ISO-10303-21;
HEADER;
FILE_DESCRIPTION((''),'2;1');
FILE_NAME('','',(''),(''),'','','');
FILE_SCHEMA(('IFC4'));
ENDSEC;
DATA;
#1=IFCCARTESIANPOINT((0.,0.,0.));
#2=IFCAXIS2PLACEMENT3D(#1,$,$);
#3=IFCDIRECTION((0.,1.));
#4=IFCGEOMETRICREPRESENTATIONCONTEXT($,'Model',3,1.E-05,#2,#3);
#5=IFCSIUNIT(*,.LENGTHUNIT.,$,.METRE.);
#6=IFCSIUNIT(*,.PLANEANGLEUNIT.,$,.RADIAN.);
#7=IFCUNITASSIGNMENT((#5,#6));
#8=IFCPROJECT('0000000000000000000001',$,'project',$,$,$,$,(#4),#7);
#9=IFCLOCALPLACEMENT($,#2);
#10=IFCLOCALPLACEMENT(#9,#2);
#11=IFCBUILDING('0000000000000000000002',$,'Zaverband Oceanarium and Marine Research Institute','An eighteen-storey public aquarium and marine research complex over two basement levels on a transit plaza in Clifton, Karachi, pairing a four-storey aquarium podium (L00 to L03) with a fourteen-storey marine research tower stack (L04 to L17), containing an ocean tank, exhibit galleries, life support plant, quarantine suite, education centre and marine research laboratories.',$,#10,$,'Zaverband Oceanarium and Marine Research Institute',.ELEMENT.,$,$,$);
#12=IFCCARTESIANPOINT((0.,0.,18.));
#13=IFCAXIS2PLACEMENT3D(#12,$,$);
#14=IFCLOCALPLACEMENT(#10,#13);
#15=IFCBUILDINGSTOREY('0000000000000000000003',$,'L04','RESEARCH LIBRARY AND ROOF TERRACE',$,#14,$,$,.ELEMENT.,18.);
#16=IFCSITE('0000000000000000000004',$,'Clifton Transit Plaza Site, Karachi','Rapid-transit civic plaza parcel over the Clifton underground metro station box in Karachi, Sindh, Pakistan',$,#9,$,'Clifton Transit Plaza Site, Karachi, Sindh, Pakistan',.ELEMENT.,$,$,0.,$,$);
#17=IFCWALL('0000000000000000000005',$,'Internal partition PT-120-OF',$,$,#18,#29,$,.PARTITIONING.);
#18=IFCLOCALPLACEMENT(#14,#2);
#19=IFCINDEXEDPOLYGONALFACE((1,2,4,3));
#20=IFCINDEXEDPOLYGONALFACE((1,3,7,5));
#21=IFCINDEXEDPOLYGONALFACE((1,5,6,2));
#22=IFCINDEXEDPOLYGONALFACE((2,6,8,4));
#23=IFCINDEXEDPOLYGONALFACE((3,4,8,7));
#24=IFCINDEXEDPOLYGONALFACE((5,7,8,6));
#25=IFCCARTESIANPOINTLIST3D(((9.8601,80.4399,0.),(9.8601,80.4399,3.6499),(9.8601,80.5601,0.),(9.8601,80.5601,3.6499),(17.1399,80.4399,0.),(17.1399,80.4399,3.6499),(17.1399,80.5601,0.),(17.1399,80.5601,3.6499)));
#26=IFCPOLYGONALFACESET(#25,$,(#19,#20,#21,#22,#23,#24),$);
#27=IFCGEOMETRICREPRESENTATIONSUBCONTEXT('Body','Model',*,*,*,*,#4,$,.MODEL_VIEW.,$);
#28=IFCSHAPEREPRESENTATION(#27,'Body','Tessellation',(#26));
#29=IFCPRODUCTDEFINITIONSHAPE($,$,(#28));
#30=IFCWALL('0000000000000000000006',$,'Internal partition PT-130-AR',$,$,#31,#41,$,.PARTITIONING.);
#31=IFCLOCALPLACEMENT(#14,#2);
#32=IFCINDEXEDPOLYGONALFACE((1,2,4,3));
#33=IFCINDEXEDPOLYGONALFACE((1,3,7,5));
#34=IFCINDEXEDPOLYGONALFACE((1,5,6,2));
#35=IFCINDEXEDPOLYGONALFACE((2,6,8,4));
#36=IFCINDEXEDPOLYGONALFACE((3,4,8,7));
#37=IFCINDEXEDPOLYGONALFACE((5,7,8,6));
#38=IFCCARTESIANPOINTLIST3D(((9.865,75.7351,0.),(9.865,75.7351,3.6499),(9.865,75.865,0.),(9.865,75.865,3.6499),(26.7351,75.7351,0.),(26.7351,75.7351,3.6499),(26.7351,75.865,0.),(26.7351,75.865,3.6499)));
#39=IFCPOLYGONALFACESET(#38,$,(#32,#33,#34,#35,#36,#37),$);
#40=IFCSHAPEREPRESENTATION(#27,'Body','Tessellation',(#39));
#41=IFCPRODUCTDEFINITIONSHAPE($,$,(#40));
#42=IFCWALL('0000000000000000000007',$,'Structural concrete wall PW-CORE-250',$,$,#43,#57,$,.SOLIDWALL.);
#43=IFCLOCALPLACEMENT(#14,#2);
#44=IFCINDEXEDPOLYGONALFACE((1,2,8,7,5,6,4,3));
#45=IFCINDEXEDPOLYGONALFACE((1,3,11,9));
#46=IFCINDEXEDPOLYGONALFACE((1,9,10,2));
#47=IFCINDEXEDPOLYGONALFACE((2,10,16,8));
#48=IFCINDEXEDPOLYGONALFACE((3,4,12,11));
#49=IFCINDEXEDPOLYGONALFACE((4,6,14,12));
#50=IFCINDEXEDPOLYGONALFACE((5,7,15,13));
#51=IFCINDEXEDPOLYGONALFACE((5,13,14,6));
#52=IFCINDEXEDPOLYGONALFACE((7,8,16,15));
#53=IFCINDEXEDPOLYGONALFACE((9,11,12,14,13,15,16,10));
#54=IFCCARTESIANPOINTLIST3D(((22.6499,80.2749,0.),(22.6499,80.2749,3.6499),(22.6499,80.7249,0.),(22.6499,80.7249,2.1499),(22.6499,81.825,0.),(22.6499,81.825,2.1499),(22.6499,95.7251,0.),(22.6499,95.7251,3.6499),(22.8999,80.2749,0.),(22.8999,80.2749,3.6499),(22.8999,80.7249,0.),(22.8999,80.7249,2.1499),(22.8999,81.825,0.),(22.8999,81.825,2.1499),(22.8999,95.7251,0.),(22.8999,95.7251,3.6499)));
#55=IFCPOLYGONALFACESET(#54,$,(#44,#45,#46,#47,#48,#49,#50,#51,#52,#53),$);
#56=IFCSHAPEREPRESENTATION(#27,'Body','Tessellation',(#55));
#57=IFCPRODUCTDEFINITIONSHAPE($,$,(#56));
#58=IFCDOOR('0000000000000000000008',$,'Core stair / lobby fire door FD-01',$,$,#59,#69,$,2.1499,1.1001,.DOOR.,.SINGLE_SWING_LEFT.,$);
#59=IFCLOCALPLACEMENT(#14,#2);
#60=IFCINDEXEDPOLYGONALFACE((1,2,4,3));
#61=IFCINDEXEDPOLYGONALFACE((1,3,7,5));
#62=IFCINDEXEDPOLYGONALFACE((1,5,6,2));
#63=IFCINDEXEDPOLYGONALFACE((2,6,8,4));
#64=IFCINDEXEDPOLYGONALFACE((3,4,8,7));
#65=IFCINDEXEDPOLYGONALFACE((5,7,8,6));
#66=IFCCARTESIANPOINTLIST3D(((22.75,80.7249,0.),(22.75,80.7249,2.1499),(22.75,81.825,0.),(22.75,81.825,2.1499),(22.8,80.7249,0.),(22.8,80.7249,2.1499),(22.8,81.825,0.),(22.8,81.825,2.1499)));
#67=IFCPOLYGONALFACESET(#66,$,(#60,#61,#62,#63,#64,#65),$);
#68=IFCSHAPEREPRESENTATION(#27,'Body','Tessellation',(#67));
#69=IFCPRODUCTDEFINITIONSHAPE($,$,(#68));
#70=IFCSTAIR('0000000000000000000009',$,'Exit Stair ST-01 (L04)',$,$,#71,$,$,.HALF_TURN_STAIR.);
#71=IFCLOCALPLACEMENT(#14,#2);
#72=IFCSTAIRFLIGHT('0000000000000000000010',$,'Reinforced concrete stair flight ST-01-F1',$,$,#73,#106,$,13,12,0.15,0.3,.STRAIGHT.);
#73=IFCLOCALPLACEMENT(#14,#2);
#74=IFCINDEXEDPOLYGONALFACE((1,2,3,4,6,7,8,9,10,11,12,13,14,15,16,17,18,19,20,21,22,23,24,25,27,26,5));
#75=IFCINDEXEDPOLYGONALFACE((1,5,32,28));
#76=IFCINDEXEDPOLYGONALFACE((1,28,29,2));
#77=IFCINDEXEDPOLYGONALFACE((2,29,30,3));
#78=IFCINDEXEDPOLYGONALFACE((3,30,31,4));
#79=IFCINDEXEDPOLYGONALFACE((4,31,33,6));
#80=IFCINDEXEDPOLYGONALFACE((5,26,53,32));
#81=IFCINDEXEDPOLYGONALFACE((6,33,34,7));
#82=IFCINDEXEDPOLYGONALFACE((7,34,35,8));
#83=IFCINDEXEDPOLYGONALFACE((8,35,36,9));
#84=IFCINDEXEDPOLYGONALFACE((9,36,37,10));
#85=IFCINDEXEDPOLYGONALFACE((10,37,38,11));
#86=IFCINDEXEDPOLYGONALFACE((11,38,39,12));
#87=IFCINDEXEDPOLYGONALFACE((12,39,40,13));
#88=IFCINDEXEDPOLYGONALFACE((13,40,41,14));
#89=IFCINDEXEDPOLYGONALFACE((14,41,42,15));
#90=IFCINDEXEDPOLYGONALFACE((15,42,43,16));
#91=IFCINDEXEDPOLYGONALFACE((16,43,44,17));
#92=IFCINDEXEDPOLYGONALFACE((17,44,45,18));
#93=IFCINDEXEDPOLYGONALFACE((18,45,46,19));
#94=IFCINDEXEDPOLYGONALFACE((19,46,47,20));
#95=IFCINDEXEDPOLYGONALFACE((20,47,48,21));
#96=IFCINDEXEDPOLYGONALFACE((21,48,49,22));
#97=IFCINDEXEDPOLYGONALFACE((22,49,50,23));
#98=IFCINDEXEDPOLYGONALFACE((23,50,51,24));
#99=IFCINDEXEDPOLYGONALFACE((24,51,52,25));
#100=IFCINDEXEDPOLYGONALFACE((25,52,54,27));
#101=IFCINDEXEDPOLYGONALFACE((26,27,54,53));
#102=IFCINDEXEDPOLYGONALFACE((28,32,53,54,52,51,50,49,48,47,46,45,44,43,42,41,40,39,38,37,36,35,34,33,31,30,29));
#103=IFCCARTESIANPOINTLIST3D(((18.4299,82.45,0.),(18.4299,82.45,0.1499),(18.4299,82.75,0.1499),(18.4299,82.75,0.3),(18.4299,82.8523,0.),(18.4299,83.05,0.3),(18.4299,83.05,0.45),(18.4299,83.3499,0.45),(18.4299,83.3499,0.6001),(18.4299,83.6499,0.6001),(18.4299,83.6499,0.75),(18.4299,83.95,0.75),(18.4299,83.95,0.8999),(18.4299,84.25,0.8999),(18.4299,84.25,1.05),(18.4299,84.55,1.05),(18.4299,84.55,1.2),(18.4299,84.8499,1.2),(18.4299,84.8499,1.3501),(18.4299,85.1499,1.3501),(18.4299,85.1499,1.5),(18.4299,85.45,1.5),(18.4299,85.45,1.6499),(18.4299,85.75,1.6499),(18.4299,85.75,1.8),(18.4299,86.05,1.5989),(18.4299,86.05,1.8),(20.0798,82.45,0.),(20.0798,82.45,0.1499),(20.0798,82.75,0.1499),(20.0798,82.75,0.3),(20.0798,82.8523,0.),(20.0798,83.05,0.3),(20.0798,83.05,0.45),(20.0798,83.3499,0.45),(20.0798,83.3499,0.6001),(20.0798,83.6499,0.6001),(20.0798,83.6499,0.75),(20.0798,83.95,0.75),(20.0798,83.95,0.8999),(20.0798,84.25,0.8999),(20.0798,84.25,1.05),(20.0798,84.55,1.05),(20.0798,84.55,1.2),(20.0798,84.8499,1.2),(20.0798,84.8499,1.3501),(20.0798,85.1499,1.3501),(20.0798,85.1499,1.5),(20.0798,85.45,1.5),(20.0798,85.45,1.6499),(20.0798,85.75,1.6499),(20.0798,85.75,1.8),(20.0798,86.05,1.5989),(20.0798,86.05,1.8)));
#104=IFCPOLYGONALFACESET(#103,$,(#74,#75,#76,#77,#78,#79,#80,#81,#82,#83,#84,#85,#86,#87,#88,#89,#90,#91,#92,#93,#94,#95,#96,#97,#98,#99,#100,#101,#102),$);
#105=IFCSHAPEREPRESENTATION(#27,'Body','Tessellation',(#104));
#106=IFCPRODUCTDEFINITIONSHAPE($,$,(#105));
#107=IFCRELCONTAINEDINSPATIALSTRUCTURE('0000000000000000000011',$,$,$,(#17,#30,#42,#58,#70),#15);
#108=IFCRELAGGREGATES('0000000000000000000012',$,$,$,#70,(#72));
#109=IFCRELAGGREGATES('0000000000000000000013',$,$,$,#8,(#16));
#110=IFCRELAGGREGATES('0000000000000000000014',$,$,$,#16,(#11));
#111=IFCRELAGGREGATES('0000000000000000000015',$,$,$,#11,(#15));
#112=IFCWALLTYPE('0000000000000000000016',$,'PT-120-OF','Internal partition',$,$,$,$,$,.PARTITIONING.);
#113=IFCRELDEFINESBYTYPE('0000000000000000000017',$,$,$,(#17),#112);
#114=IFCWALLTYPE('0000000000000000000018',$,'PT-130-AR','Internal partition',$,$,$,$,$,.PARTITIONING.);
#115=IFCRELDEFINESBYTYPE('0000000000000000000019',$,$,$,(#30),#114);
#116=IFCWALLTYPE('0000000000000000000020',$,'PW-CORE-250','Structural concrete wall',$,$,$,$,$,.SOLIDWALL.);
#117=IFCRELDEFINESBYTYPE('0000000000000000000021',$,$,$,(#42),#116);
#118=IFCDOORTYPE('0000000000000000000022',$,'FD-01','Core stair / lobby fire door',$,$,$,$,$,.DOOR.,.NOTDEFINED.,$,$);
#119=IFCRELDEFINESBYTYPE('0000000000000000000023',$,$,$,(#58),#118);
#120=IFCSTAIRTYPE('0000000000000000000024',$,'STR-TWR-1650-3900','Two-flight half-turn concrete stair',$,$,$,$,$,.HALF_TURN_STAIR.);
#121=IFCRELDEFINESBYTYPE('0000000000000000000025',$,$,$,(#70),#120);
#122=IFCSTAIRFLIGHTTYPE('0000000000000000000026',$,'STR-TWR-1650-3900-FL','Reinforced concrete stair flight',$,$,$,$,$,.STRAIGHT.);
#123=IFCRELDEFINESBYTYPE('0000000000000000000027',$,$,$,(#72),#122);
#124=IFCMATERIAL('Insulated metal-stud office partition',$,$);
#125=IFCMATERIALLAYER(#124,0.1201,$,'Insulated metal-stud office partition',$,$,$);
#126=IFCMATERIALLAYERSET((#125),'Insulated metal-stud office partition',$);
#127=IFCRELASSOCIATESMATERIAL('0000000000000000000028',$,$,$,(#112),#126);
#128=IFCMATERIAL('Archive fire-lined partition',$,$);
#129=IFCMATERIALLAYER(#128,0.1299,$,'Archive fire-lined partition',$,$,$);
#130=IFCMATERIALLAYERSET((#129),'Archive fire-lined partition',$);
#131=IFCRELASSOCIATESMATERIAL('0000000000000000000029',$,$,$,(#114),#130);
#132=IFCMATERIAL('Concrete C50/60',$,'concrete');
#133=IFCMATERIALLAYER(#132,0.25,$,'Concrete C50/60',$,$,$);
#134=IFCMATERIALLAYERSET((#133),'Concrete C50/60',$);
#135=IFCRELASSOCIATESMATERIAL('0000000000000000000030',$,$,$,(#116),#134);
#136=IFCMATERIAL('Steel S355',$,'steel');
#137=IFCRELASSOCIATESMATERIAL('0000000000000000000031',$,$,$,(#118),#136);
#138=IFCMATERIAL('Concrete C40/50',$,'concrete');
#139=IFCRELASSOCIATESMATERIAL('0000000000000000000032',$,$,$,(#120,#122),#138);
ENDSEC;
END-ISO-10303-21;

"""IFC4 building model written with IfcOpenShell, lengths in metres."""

from ifc_helpers import new_model, si_unit, direction, frame, frame_2d, origin, place, context, subcontext, project, spatial, polyline, rectangle, outline, extrude, material, layer, layer_set, type_object, element, fill, aggregate, save


model = new_model("IFC4")

# Units and contexts
model_context = context("Model", 3, precision=1e-05, world=origin(), true_north=direction((0.0, 1.0)))
body_context = subcontext(model_context, "Body", "Model", "MODEL_VIEW")
ifc_project = project(units=[si_unit("LENGTHUNIT", "METRE"), si_unit("PLANEANGLEUNIT", "RADIAN")], contexts=[model_context])

# Site, building, storey
site_placement = place(None, origin())
site = spatial("IfcSite", under=ifc_project, at=site_placement, Name="Clifton Transit Plaza Site, Karachi", Description="Rapid-transit civic plaza parcel over the Clifton underground metro station box in Karachi, Sindh, Pakistan", LongName="Clifton Transit Plaza Site, Karachi, Sindh, Pakistan", CompositionType="ELEMENT", RefElevation=0.0)
building_placement = place(site_placement, origin())
building = spatial("IfcBuilding", under=site, at=building_placement, Name="Zaverband Oceanarium and Marine Research Institute", Description="An eighteen-storey public aquarium and marine research complex over two basement levels on a transit plaza in Clifton, Karachi, pairing a four-storey aquarium podium (L00 to L03) with a fourteen-storey marine research tower stack (L04 to L17), containing an ocean tank, exhibit galleries, life support plant, quarantine suite, education centre and marine research laboratories.", LongName="Zaverband Oceanarium and Marine Research Institute", CompositionType="ELEMENT")
storey_placement = place(building_placement, frame((0.0, 0.0, 18.0)))
storey = spatial("IfcBuildingStorey", under=building, at=storey_placement, Name="L04", Description="RESEARCH LIBRARY AND ROOF TERRACE", CompositionType="ELEMENT", Elevation=18.0)

# Shared definitions
ifc_material_1 = material(Name="Concrete C50/60", Category="concrete")

# Shared definitions
ifc_material_2 = material(Name="Concrete C40/50", Category="concrete")

# Shared definitions
ifc_material_3 = material(Name="Steel S355", Category="steel")

# Walls
ifc_material_4 = material(Name="Insulated metal-stud office partition")
ifc_layer_1 = layer(ifc_material_4, 0.1201, Name="Insulated metal-stud office partition")
ifc_layer_set_1 = layer_set([ifc_layer_1], Name="Insulated metal-stud office partition")
wall_type_1 = type_object("IfcWallType", Name="PT-120-OF", Description="Internal partition", PredefinedType="PARTITIONING", material=ifc_layer_set_1)
wall_1_placement = place(storey_placement, frame((9.8601, 80.5, 0.0), z_axis=(0.0, 0.0, 1.0), x_axis=(1.0, 0.0, 0.0)))
element("IfcWall", 1, at=wall_1_placement, inside=storey, type_object=wall_type_1, Name="Internal partition PT-120-OF", PredefinedType="PARTITIONING", context=body_context, shape_type="SweptSolid", body=[
    extrude(rectangle(XDim=7.2798, YDim=0.1201, at=frame_2d((3.6399, 0.0))), origin(), (0.0, 0.0, 1.0), 3.6499),
])
ifc_material_5 = material(Name="Archive fire-lined partition")
ifc_layer_2 = layer(ifc_material_5, 0.1299, Name="Archive fire-lined partition")
ifc_layer_set_2 = layer_set([ifc_layer_2], Name="Archive fire-lined partition")
wall_type_2 = type_object("IfcWallType", Name="PT-130-AR", Description="Internal partition", PredefinedType="PARTITIONING", material=ifc_layer_set_2)
wall_2_placement = place(storey_placement, frame((9.865, 75.8, 0.0), z_axis=(0.0, 0.0, 1.0), x_axis=(1.0, 0.0, 0.0)))
element("IfcWall", 2, at=wall_2_placement, inside=storey, type_object=wall_type_2, Name="Internal partition PT-130-AR", PredefinedType="PARTITIONING", context=body_context, shape_type="SweptSolid", body=[
    extrude(rectangle(XDim=16.8701, YDim=0.1299, at=frame_2d((8.4351, 0.0))), origin(), (0.0, 0.0, 1.0), 3.6499),
])

# Wall, opening, door
ifc_layer_3 = layer(ifc_material_1, 0.25, Name="Concrete C50/60")
ifc_layer_set_3 = layer_set([ifc_layer_3], Name="Concrete C50/60")
wall_type_3 = type_object("IfcWallType", Name="PW-CORE-250", Description="Structural concrete wall", PredefinedType="SOLIDWALL", material=ifc_layer_set_3)
wall_3_placement = place(storey_placement, frame((22.7749, 80.2749, 0.0), z_axis=(0.0, 0.0, 1.0), x_axis=(0.0, 1.0, 0.0)))
wall_3 = element("IfcWall", 3, at=wall_3_placement, inside=storey, type_object=wall_type_3, Name="Structural concrete wall PW-CORE-250", PredefinedType="SOLIDWALL", context=body_context, shape_type="SweptSolid", body=[
    extrude(rectangle(XDim=15.4502, YDim=0.25, at=frame_2d((7.7251, 0.0))), origin(), (0.0, 0.0, 1.0), 3.6499),
])
opening_1_placement = place(wall_3_placement, frame((0.45, 0.0, 0.0)))
opening_1 = element("IfcOpeningElement", 4, at=opening_1_placement, cuts=wall_3, PredefinedType="OPENING", context=body_context, shape_type="SweptSolid", body=[
    extrude(rectangle(XDim=1.1001, YDim=2.1499, at=frame_2d((0.55, 1.075))), frame((0.0, 0.137, 0.0), z_axis=(0.0, -1.0, 0.0), x_axis=(1.0, 0.0, 0.0)), (0.0, 0.0, 1.0), 0.2739),
])
door_type_1 = type_object("IfcDoorType", Name="FD-01", Description="Core stair / lobby fire door", OperationType="NOTDEFINED", PredefinedType="DOOR", material=ifc_material_3)
door_1_placement = place(opening_1_placement, origin())
door_1 = element("IfcDoor", 5, at=door_1_placement, inside=storey, type_object=door_type_1, Name="Core stair / lobby fire door FD-01", OperationType="SINGLE_SWING_LEFT", OverallHeight=2.1499, OverallWidth=1.1001, PredefinedType="DOOR", context=body_context, shape_type="SweptSolid", body=[
    extrude(rectangle(XDim=1.1001, YDim=2.1499, at=frame_2d((0.55, 1.075))), frame((0.0, 0.0249, 0.0), z_axis=(0.0, -1.0, 0.0), x_axis=(1.0, 0.0, 0.0)), (0.0, 0.0, 1.0), 0.05),
])
fill(opening_1, door_1)

# Stair, stair flight
stair_type = type_object("IfcStairType", Name="STR-TWR-1650-3900", Description="Two-flight half-turn concrete stair", PredefinedType="HALF_TURN_STAIR", material=ifc_material_2)
stair_placement = place(storey_placement, origin())
stair = element("IfcStair", 6, at=stair_placement, inside=storey, type_object=stair_type, Name="Exit Stair ST-01 (L04)", PredefinedType="HALF_TURN_STAIR")
stair_flight_type = type_object("IfcStairFlightType", Name="STR-TWR-1650-3900-FL", Description="Reinforced concrete stair flight", PredefinedType="STRAIGHT", material=ifc_material_2)
stair_flight_placement = place(storey_placement, frame((19.2549, 82.45, 0.0), z_axis=(0.0, 0.0, 1.0), x_axis=(0.0, 1.0, 0.0)))
stair_flight = element("IfcStairFlight", 7, at=stair_flight_placement, type_object=stair_flight_type, Name="Reinforced concrete stair flight ST-01-F1", NumberOfRisers=13, NumberOfTreads=12, PredefinedType="STRAIGHT", RiserHeight=0.15, TreadLength=0.3, context=body_context, shape_type="SweptSolid", body=[
    extrude(outline(polyline([(0.0, 0.0), (0.0, 0.1499), (0.3, 0.1499), (0.3, 0.3), (0.6001, 0.3), (0.6001, 0.45), (0.8999, 0.45), (0.8999, 0.6001), (1.2, 0.6001), (1.2, 0.75), (1.5, 0.75), (1.5, 0.8999), (1.8, 0.8999), (1.8, 1.05), (2.1001, 1.05), (2.1001, 1.2), (2.3999, 1.2), (2.3999, 1.3501), (2.7, 1.3501), (2.7, 1.5), (3.0, 1.5), (3.0, 1.6499), (3.3, 1.6499), (3.3, 1.8), (3.6001, 1.8), (3.6001, 1.95), (3.6001, 1.5989), (0.4023, 0.0), (0.0, 0.0)])), frame((0.0, 0.825, 0.0), z_axis=(0.0, -1.0, 0.0), x_axis=(1.0, 0.0, 0.0)), (0.0, 0.0, 1.0), 1.6499),
])
aggregate(stair, [stair_flight])

save(model, "model.ifc")
